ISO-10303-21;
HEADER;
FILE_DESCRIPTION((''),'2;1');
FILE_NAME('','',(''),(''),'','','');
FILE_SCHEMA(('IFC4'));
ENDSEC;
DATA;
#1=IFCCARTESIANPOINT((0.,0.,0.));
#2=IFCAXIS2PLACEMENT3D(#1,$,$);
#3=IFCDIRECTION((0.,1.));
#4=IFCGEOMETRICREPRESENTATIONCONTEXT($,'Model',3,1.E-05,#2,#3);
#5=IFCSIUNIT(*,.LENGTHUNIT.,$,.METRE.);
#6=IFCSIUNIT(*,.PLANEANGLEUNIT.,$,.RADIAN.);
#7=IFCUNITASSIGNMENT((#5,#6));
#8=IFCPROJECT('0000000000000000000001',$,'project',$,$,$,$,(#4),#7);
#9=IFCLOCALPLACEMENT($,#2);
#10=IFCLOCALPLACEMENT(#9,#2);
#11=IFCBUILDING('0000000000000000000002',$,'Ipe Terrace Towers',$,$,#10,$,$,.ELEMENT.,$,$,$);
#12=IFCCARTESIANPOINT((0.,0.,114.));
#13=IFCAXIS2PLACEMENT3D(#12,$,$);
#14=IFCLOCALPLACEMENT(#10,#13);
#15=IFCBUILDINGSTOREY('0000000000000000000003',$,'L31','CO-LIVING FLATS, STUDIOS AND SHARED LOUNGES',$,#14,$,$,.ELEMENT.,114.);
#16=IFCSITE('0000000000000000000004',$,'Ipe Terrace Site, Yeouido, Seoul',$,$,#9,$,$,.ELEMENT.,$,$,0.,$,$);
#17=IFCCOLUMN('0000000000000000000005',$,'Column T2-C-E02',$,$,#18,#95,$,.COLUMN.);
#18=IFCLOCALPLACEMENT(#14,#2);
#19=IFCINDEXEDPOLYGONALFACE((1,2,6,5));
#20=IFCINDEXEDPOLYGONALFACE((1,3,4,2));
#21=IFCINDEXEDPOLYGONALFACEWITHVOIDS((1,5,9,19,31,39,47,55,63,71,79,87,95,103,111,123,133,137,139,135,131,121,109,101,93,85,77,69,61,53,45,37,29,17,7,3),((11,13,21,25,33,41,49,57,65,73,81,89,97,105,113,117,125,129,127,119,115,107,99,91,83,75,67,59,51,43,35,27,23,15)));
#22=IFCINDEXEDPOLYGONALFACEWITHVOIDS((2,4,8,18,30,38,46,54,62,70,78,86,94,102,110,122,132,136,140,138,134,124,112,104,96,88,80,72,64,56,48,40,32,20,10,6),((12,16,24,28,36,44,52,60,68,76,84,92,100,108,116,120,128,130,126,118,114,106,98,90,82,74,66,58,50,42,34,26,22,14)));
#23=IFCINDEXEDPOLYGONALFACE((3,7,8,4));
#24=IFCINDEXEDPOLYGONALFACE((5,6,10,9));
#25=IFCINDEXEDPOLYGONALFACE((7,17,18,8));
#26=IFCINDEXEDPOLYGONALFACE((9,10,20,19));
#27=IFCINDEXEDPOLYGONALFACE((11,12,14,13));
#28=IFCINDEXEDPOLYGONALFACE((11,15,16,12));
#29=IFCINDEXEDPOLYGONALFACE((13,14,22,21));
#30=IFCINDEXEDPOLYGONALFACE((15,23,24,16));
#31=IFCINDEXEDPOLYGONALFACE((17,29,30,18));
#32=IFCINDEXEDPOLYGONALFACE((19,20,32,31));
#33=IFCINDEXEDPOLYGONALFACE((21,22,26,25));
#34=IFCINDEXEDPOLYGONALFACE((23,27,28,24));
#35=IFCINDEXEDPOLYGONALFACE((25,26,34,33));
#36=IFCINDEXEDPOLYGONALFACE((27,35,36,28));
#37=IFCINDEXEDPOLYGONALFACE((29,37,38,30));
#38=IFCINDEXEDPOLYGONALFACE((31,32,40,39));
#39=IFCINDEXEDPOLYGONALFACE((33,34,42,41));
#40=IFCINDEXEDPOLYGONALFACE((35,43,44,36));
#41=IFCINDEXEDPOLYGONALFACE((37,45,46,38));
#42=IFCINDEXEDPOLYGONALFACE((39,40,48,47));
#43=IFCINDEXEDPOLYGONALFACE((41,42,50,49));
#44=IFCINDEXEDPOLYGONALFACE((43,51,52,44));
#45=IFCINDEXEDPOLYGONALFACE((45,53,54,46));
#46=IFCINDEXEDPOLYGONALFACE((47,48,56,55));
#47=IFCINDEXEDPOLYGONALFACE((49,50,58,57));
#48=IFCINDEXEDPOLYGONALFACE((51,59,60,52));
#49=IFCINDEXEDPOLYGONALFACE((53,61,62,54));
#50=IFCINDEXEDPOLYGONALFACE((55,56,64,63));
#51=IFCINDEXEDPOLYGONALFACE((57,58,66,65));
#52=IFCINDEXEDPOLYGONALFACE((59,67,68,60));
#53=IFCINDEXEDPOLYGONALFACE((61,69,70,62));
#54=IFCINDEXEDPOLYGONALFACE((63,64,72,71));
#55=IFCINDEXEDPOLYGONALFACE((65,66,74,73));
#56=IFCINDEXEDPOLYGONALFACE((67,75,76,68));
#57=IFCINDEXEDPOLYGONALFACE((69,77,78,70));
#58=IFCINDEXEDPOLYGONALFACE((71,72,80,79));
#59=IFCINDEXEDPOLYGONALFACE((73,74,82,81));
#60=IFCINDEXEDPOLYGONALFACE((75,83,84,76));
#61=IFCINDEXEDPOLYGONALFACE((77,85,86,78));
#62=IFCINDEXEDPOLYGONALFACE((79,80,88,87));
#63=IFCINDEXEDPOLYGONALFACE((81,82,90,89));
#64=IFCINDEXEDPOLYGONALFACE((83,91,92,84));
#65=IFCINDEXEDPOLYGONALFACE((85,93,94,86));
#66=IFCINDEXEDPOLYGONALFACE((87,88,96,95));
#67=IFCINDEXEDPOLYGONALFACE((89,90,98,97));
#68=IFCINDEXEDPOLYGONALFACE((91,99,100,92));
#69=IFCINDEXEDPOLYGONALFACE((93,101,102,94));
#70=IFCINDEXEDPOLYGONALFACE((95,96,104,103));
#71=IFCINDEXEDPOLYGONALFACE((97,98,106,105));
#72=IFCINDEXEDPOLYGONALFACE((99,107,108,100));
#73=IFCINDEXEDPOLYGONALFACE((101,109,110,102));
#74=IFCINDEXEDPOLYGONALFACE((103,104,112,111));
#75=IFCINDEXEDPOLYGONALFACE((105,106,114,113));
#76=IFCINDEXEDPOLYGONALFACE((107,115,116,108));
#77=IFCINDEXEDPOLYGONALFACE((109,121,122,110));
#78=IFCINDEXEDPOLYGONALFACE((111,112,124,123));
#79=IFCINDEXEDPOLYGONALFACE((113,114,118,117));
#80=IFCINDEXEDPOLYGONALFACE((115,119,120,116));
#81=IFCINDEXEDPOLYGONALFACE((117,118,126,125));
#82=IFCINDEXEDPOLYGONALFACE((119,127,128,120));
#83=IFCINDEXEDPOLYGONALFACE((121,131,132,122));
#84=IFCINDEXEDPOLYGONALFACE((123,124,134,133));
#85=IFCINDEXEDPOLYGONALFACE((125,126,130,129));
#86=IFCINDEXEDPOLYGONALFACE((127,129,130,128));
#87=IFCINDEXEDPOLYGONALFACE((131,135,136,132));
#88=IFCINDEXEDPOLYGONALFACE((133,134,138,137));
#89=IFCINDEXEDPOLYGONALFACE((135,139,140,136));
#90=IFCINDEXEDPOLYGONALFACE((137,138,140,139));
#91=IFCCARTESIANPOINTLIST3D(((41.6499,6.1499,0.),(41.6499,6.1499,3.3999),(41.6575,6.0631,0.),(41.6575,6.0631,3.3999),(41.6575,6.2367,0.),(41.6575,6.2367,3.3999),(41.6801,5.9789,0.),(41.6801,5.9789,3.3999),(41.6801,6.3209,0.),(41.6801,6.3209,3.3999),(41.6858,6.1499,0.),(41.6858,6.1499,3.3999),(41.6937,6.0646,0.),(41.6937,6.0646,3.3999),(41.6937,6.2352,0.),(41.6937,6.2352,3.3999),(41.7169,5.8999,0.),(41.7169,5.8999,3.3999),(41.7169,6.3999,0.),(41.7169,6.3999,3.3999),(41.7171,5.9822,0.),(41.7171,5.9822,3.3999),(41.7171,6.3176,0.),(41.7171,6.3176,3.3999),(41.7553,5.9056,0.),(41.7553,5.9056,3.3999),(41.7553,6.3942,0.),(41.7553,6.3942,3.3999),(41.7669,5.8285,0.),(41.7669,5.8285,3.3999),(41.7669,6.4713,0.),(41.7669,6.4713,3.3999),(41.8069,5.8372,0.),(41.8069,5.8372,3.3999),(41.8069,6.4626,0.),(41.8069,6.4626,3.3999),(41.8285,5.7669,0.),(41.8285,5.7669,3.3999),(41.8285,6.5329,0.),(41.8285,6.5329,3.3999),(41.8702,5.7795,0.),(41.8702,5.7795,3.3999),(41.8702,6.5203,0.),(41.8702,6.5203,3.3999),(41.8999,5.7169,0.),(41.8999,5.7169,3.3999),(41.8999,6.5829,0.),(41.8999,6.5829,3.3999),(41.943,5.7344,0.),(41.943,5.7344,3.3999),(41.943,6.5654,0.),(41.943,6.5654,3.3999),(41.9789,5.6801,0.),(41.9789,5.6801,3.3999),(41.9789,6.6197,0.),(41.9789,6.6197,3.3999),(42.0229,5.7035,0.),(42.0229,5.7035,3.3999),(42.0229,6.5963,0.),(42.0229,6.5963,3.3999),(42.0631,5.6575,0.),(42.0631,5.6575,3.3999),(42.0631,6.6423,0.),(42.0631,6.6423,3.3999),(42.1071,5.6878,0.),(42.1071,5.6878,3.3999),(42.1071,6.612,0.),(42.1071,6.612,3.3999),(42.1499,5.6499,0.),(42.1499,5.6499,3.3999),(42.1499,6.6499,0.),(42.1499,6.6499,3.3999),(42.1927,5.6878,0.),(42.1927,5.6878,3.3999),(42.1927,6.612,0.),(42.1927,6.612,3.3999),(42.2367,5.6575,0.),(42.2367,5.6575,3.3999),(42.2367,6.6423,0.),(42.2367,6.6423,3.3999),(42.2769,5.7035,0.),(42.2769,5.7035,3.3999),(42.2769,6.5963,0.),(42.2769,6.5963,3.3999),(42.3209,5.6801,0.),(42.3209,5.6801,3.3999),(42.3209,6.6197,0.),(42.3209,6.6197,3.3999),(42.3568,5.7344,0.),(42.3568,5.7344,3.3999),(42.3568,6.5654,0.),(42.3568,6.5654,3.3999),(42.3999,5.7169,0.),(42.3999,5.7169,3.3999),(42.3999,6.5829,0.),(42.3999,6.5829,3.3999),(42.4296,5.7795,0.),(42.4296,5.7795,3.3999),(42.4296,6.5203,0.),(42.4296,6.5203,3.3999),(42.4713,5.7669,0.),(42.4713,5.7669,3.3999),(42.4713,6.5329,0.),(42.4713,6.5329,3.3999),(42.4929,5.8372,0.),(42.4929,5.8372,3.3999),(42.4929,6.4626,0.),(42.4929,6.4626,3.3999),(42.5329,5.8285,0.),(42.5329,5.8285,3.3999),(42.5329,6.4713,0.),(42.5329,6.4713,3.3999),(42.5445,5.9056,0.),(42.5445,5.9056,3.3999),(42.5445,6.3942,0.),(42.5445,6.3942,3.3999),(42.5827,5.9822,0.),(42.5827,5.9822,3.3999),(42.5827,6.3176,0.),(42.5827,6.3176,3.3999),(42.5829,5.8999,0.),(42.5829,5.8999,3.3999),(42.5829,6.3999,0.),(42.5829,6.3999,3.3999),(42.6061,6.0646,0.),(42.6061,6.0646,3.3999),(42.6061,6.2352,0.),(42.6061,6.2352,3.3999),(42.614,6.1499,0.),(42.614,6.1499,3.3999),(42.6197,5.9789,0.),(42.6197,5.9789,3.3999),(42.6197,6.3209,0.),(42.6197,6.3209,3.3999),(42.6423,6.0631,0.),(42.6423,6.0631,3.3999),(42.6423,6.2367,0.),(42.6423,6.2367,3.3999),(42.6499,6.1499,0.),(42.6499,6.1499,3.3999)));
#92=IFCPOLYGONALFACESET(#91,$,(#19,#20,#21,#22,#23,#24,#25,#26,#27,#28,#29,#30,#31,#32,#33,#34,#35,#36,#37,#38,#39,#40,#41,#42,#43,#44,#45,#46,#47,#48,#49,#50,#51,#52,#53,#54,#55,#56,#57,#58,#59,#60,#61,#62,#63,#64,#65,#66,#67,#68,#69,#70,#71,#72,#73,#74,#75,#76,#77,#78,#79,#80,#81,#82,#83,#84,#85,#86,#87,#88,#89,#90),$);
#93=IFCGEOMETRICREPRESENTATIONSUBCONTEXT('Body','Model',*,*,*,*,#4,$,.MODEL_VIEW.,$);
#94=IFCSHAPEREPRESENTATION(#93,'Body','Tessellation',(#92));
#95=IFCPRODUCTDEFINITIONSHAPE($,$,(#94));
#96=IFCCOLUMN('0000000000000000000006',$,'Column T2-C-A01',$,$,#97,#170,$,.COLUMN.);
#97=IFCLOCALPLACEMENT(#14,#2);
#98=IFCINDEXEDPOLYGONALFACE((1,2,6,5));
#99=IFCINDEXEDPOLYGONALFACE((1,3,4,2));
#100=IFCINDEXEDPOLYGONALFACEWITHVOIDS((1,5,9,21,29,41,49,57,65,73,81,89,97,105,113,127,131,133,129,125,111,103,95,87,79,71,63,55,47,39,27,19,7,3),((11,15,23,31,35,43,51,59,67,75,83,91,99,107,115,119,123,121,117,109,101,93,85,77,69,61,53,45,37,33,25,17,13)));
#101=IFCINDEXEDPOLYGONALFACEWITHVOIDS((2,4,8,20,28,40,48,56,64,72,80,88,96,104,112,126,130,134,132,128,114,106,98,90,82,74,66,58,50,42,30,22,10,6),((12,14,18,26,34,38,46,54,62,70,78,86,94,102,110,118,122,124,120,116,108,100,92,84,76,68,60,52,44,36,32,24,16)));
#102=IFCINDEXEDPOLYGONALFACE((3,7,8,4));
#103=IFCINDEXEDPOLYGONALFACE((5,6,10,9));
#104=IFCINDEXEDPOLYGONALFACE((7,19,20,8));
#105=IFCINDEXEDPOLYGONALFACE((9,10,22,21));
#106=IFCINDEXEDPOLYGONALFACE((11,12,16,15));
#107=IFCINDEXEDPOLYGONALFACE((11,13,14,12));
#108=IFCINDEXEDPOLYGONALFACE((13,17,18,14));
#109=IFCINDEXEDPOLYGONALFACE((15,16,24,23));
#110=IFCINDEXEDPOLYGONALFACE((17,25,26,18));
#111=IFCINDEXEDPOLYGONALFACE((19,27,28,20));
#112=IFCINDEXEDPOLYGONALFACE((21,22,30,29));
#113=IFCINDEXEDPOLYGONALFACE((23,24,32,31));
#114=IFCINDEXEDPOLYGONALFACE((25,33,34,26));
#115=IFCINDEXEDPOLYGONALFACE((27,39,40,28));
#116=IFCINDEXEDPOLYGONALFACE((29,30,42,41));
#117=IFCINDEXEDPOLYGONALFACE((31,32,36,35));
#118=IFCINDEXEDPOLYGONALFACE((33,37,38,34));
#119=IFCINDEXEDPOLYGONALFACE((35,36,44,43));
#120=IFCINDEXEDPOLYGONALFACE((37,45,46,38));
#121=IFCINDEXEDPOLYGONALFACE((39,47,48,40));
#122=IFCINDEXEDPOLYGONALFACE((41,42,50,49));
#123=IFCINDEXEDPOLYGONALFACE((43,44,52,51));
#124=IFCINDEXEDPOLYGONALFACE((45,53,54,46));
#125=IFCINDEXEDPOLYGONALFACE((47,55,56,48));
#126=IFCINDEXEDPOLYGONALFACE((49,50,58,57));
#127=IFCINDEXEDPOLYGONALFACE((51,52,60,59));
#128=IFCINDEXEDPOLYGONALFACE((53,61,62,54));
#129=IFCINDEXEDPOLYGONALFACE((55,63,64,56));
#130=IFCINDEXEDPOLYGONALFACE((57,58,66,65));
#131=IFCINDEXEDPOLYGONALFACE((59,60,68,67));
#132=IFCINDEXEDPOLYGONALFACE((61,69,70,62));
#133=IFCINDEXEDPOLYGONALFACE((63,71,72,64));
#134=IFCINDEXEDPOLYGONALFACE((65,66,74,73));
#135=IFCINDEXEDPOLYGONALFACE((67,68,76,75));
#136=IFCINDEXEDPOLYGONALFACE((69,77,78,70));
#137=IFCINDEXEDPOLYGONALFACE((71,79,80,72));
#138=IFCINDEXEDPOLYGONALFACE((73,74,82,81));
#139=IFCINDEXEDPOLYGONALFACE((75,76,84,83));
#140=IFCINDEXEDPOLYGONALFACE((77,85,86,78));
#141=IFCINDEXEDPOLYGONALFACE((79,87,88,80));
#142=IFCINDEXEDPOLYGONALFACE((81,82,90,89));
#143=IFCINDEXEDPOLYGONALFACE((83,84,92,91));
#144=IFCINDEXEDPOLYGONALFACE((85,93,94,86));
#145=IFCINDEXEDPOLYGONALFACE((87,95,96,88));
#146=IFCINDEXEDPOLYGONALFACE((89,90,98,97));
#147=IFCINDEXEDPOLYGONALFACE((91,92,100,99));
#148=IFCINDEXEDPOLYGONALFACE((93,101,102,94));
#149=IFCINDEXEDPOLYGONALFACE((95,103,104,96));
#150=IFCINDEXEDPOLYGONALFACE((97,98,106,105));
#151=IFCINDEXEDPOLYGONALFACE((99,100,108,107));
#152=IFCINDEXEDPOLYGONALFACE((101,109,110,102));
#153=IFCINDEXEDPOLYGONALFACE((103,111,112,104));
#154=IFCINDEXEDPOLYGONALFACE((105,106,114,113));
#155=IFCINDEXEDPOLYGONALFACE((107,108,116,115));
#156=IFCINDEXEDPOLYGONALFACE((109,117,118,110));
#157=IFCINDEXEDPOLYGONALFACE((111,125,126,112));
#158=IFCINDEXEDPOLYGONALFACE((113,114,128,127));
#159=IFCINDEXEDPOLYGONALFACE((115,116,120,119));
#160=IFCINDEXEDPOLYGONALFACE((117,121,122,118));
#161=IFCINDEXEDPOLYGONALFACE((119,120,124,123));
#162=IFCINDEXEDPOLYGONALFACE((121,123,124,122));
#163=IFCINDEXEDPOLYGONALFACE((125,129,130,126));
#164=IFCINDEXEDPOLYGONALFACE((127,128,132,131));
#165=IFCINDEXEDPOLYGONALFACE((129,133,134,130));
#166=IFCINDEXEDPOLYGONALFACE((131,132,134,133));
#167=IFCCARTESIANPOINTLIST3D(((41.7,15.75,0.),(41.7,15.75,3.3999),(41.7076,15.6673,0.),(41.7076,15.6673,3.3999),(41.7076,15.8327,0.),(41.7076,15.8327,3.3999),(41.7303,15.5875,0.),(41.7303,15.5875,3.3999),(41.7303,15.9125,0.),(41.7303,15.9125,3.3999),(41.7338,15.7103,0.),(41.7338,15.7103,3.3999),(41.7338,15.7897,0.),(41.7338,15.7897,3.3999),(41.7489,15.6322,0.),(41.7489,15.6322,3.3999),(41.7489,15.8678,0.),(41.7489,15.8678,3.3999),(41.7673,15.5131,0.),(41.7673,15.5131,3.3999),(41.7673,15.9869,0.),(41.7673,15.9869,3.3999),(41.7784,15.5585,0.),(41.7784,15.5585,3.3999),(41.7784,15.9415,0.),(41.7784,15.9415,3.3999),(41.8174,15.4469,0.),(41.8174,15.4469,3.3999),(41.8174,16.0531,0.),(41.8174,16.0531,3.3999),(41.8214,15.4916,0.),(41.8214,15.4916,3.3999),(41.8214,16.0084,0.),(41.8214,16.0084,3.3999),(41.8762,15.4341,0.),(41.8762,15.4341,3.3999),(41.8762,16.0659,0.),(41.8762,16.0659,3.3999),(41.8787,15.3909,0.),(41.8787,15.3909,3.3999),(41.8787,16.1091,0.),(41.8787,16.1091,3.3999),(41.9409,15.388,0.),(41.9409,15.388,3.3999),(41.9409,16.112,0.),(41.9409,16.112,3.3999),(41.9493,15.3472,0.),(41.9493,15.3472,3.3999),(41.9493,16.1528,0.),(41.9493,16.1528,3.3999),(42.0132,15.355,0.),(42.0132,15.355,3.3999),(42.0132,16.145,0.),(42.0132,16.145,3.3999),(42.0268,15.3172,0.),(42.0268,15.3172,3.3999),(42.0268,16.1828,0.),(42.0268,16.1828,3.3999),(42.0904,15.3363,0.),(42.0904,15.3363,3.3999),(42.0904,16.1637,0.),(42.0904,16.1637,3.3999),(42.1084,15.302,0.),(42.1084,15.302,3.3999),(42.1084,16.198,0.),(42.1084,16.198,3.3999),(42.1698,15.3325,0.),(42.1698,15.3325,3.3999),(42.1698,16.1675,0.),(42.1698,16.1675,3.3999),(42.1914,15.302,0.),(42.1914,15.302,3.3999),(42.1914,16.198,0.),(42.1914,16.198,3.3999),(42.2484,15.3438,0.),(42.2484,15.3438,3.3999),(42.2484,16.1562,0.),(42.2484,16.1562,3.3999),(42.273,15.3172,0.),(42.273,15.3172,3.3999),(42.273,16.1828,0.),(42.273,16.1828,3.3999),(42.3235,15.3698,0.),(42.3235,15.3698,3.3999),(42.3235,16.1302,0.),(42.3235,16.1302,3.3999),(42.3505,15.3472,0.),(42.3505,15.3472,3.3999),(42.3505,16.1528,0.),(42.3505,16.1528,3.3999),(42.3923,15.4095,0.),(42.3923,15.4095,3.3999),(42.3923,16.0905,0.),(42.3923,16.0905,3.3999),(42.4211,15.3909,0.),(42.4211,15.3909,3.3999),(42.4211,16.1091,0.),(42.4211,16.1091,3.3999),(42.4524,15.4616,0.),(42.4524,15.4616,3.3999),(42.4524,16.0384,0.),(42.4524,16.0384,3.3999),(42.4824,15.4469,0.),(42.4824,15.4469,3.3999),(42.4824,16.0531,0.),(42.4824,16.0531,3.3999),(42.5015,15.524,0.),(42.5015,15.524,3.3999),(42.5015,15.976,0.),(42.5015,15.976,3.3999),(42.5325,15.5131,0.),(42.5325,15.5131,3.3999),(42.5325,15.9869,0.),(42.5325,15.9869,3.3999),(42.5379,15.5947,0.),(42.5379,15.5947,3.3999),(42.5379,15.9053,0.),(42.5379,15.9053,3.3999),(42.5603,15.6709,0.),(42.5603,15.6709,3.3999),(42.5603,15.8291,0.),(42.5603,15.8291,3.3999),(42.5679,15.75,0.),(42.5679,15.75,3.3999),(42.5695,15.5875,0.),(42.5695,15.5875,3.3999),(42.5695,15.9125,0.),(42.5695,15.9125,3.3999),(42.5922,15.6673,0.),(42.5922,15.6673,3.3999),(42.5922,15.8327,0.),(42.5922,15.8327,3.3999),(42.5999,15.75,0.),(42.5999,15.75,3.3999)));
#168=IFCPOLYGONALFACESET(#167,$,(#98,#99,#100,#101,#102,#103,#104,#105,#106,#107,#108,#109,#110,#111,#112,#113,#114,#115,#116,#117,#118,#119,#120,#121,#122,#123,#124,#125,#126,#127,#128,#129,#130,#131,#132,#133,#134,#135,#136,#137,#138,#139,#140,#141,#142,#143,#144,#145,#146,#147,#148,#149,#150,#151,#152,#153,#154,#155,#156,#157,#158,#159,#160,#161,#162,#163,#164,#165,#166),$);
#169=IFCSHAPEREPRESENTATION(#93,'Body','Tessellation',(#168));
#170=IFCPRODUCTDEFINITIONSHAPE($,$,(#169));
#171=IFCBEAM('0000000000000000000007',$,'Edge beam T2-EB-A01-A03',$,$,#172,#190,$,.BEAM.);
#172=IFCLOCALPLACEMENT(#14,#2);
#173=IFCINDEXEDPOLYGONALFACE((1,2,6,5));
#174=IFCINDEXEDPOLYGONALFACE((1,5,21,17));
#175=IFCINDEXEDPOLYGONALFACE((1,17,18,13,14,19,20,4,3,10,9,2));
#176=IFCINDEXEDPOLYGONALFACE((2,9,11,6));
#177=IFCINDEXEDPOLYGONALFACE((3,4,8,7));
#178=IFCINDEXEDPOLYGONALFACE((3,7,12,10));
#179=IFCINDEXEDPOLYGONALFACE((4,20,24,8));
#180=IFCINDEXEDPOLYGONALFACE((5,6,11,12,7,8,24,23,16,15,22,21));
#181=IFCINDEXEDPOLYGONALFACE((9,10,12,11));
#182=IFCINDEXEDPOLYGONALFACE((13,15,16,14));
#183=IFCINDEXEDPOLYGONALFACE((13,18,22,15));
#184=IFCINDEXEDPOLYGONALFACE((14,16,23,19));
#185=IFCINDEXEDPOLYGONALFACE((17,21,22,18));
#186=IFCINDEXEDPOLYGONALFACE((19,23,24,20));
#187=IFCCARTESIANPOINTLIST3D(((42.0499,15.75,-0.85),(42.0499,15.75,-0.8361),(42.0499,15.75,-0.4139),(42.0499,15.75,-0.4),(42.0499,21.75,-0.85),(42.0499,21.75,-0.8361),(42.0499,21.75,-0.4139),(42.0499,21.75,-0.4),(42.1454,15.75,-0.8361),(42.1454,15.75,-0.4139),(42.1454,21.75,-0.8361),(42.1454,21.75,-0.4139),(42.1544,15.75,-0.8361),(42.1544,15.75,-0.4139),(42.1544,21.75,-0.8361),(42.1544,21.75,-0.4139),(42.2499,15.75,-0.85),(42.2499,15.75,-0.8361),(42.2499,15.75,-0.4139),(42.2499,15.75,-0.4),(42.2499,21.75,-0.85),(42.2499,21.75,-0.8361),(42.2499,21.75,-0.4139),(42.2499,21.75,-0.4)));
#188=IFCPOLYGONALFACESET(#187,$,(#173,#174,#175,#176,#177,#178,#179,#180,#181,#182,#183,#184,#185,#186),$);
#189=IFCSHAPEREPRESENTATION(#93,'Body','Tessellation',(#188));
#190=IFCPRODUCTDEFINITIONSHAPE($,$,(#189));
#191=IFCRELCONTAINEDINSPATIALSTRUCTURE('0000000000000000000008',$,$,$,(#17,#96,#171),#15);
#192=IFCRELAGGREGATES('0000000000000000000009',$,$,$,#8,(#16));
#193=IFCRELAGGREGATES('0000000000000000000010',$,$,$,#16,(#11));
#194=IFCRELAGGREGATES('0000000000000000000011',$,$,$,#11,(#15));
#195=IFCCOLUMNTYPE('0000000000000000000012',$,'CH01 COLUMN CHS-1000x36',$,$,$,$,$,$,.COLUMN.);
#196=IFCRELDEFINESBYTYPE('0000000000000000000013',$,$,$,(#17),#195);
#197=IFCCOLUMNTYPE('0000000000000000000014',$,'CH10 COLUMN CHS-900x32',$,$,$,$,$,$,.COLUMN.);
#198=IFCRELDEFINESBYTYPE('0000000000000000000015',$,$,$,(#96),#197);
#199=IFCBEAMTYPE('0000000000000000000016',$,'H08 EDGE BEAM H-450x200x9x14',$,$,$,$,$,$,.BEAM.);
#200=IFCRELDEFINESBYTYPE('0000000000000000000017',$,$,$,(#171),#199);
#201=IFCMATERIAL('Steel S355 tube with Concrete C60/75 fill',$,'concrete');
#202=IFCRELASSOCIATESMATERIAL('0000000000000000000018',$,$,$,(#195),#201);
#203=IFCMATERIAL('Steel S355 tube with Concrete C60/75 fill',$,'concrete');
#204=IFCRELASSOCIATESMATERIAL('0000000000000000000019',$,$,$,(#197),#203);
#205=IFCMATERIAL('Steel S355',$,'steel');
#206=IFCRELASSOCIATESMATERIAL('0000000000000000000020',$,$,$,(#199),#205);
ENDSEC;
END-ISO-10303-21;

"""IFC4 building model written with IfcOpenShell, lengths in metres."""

from ifc_helpers import new_model, si_unit, direction, frame, origin, origin_2d, place, context, subcontext, project, spatial, hollow_circle, i_section, extrude, material, material_profile, profile_set, type_object, element, save


model = new_model("IFC4")

# Units and contexts
model_context = context("Model", 3, precision=1e-05, world=origin(), true_north=direction((0.0, 1.0)))
body_context = subcontext(model_context, "Body", "Model", "MODEL_VIEW")
ifc_project = project(units=[si_unit("LENGTHUNIT", "METRE"), si_unit("PLANEANGLEUNIT", "RADIAN")], contexts=[model_context])

# Site, building, storey
site_placement = place(None, origin())
site = spatial("IfcSite", under=ifc_project, at=site_placement, Name="Ipe Terrace Site, Yeouido, Seoul", CompositionType="ELEMENT", RefElevation=0.0)
building_placement = place(site_placement, origin())
building = spatial("IfcBuilding", under=site, at=building_placement, Name="Ipe Terrace Towers", CompositionType="ELEMENT")
storey_placement = place(building_placement, frame((0.0, 0.0, 114.0)))
storey = spatial("IfcBuildingStorey", under=building, at=storey_placement, Name="L31", Description="CO-LIVING FLATS, STUDIOS AND SHARED LOUNGES", CompositionType="ELEMENT", Elevation=114.0)

# Columns
ifc_material_1 = material(Name="Steel S355 tube with Concrete C60/75 fill", Category="concrete")
ifc_material_profile_1 = material_profile(ifc_material_1, hollow_circle(Radius=0.5, WallThickness=0.0359, at=origin_2d()), Name="CHS-1000x36")
ifc_profile_set_1 = profile_set([ifc_material_profile_1], Name="Steel S355 tube with Concrete C60/75 fill")
column_type_1 = type_object("IfcColumnType", Name="CH01 COLUMN CHS-1000x36", PredefinedType="COLUMN", material=ifc_profile_set_1)
column_1_placement = place(storey_placement, frame((42.1499, 6.1499, 0.0), z_axis=(0.0, 0.0, 1.0), x_axis=(1.0, 0.0, 0.0)))
element("IfcColumn", 1, at=column_1_placement, inside=storey, type_object=column_type_1, Name="Column T2-C-E02", PredefinedType="COLUMN", context=body_context, shape_type="SweptSolid", body=[
    extrude(hollow_circle(Radius=0.5, WallThickness=0.0359, at=origin_2d()), origin(), (0.0, 0.0, 1.0), 3.3999),
])
ifc_material_2 = material(Name="Steel S355 tube with Concrete C60/75 fill", Category="concrete")
ifc_material_profile_2 = material_profile(ifc_material_2, hollow_circle(Radius=0.45, WallThickness=0.032, at=origin_2d()), Name="CHS-900x32")
ifc_profile_set_2 = profile_set([ifc_material_profile_2], Name="Steel S355 tube with Concrete C60/75 fill")
column_type_2 = type_object("IfcColumnType", Name="CH10 COLUMN CHS-900x32", PredefinedType="COLUMN", material=ifc_profile_set_2)
column_2_placement = place(storey_placement, frame((42.1499, 15.75, 0.0), z_axis=(0.0, 0.0, 1.0), x_axis=(1.0, 0.0, 0.0)))
element("IfcColumn", 2, at=column_2_placement, inside=storey, type_object=column_type_2, Name="Column T2-C-A01", PredefinedType="COLUMN", context=body_context, shape_type="SweptSolid", body=[
    extrude(hollow_circle(Radius=0.45, WallThickness=0.032, at=origin_2d()), origin(), (0.0, 0.0, 1.0), 3.3999),
])

# Beam
ifc_material_3 = material(Name="Steel S355", Category="steel")
ifc_material_profile_3 = material_profile(ifc_material_3, i_section(OverallWidth=0.2, OverallDepth=0.45, WebThickness=0.009, FlangeThickness=0.0139, at=origin_2d()), Name="H-450x200x9x14")
ifc_profile_set_3 = profile_set([ifc_material_profile_3], Name="Steel S355")
beam_type = type_object("IfcBeamType", Name="H08 EDGE BEAM H-450x200x9x14", PredefinedType="BEAM", material=ifc_profile_set_3)
beam_placement = place(storey_placement, frame((42.1499, 15.75, -0.625), z_axis=(0.0, 1.0, 0.0), x_axis=(-1.0, 0.0, 0.0)))
element("IfcBeam", 3, at=beam_placement, inside=storey, type_object=beam_type, Name="Edge beam T2-EB-A01-A03", PredefinedType="BEAM", context=body_context, shape_type="SweptSolid", body=[
    extrude(i_section(OverallWidth=0.2, OverallDepth=0.45, WebThickness=0.009, FlangeThickness=0.0139, at=origin_2d()), origin(), (0.0, 0.0, 1.0), 6.0),
])

save(model, "model.ifc")
